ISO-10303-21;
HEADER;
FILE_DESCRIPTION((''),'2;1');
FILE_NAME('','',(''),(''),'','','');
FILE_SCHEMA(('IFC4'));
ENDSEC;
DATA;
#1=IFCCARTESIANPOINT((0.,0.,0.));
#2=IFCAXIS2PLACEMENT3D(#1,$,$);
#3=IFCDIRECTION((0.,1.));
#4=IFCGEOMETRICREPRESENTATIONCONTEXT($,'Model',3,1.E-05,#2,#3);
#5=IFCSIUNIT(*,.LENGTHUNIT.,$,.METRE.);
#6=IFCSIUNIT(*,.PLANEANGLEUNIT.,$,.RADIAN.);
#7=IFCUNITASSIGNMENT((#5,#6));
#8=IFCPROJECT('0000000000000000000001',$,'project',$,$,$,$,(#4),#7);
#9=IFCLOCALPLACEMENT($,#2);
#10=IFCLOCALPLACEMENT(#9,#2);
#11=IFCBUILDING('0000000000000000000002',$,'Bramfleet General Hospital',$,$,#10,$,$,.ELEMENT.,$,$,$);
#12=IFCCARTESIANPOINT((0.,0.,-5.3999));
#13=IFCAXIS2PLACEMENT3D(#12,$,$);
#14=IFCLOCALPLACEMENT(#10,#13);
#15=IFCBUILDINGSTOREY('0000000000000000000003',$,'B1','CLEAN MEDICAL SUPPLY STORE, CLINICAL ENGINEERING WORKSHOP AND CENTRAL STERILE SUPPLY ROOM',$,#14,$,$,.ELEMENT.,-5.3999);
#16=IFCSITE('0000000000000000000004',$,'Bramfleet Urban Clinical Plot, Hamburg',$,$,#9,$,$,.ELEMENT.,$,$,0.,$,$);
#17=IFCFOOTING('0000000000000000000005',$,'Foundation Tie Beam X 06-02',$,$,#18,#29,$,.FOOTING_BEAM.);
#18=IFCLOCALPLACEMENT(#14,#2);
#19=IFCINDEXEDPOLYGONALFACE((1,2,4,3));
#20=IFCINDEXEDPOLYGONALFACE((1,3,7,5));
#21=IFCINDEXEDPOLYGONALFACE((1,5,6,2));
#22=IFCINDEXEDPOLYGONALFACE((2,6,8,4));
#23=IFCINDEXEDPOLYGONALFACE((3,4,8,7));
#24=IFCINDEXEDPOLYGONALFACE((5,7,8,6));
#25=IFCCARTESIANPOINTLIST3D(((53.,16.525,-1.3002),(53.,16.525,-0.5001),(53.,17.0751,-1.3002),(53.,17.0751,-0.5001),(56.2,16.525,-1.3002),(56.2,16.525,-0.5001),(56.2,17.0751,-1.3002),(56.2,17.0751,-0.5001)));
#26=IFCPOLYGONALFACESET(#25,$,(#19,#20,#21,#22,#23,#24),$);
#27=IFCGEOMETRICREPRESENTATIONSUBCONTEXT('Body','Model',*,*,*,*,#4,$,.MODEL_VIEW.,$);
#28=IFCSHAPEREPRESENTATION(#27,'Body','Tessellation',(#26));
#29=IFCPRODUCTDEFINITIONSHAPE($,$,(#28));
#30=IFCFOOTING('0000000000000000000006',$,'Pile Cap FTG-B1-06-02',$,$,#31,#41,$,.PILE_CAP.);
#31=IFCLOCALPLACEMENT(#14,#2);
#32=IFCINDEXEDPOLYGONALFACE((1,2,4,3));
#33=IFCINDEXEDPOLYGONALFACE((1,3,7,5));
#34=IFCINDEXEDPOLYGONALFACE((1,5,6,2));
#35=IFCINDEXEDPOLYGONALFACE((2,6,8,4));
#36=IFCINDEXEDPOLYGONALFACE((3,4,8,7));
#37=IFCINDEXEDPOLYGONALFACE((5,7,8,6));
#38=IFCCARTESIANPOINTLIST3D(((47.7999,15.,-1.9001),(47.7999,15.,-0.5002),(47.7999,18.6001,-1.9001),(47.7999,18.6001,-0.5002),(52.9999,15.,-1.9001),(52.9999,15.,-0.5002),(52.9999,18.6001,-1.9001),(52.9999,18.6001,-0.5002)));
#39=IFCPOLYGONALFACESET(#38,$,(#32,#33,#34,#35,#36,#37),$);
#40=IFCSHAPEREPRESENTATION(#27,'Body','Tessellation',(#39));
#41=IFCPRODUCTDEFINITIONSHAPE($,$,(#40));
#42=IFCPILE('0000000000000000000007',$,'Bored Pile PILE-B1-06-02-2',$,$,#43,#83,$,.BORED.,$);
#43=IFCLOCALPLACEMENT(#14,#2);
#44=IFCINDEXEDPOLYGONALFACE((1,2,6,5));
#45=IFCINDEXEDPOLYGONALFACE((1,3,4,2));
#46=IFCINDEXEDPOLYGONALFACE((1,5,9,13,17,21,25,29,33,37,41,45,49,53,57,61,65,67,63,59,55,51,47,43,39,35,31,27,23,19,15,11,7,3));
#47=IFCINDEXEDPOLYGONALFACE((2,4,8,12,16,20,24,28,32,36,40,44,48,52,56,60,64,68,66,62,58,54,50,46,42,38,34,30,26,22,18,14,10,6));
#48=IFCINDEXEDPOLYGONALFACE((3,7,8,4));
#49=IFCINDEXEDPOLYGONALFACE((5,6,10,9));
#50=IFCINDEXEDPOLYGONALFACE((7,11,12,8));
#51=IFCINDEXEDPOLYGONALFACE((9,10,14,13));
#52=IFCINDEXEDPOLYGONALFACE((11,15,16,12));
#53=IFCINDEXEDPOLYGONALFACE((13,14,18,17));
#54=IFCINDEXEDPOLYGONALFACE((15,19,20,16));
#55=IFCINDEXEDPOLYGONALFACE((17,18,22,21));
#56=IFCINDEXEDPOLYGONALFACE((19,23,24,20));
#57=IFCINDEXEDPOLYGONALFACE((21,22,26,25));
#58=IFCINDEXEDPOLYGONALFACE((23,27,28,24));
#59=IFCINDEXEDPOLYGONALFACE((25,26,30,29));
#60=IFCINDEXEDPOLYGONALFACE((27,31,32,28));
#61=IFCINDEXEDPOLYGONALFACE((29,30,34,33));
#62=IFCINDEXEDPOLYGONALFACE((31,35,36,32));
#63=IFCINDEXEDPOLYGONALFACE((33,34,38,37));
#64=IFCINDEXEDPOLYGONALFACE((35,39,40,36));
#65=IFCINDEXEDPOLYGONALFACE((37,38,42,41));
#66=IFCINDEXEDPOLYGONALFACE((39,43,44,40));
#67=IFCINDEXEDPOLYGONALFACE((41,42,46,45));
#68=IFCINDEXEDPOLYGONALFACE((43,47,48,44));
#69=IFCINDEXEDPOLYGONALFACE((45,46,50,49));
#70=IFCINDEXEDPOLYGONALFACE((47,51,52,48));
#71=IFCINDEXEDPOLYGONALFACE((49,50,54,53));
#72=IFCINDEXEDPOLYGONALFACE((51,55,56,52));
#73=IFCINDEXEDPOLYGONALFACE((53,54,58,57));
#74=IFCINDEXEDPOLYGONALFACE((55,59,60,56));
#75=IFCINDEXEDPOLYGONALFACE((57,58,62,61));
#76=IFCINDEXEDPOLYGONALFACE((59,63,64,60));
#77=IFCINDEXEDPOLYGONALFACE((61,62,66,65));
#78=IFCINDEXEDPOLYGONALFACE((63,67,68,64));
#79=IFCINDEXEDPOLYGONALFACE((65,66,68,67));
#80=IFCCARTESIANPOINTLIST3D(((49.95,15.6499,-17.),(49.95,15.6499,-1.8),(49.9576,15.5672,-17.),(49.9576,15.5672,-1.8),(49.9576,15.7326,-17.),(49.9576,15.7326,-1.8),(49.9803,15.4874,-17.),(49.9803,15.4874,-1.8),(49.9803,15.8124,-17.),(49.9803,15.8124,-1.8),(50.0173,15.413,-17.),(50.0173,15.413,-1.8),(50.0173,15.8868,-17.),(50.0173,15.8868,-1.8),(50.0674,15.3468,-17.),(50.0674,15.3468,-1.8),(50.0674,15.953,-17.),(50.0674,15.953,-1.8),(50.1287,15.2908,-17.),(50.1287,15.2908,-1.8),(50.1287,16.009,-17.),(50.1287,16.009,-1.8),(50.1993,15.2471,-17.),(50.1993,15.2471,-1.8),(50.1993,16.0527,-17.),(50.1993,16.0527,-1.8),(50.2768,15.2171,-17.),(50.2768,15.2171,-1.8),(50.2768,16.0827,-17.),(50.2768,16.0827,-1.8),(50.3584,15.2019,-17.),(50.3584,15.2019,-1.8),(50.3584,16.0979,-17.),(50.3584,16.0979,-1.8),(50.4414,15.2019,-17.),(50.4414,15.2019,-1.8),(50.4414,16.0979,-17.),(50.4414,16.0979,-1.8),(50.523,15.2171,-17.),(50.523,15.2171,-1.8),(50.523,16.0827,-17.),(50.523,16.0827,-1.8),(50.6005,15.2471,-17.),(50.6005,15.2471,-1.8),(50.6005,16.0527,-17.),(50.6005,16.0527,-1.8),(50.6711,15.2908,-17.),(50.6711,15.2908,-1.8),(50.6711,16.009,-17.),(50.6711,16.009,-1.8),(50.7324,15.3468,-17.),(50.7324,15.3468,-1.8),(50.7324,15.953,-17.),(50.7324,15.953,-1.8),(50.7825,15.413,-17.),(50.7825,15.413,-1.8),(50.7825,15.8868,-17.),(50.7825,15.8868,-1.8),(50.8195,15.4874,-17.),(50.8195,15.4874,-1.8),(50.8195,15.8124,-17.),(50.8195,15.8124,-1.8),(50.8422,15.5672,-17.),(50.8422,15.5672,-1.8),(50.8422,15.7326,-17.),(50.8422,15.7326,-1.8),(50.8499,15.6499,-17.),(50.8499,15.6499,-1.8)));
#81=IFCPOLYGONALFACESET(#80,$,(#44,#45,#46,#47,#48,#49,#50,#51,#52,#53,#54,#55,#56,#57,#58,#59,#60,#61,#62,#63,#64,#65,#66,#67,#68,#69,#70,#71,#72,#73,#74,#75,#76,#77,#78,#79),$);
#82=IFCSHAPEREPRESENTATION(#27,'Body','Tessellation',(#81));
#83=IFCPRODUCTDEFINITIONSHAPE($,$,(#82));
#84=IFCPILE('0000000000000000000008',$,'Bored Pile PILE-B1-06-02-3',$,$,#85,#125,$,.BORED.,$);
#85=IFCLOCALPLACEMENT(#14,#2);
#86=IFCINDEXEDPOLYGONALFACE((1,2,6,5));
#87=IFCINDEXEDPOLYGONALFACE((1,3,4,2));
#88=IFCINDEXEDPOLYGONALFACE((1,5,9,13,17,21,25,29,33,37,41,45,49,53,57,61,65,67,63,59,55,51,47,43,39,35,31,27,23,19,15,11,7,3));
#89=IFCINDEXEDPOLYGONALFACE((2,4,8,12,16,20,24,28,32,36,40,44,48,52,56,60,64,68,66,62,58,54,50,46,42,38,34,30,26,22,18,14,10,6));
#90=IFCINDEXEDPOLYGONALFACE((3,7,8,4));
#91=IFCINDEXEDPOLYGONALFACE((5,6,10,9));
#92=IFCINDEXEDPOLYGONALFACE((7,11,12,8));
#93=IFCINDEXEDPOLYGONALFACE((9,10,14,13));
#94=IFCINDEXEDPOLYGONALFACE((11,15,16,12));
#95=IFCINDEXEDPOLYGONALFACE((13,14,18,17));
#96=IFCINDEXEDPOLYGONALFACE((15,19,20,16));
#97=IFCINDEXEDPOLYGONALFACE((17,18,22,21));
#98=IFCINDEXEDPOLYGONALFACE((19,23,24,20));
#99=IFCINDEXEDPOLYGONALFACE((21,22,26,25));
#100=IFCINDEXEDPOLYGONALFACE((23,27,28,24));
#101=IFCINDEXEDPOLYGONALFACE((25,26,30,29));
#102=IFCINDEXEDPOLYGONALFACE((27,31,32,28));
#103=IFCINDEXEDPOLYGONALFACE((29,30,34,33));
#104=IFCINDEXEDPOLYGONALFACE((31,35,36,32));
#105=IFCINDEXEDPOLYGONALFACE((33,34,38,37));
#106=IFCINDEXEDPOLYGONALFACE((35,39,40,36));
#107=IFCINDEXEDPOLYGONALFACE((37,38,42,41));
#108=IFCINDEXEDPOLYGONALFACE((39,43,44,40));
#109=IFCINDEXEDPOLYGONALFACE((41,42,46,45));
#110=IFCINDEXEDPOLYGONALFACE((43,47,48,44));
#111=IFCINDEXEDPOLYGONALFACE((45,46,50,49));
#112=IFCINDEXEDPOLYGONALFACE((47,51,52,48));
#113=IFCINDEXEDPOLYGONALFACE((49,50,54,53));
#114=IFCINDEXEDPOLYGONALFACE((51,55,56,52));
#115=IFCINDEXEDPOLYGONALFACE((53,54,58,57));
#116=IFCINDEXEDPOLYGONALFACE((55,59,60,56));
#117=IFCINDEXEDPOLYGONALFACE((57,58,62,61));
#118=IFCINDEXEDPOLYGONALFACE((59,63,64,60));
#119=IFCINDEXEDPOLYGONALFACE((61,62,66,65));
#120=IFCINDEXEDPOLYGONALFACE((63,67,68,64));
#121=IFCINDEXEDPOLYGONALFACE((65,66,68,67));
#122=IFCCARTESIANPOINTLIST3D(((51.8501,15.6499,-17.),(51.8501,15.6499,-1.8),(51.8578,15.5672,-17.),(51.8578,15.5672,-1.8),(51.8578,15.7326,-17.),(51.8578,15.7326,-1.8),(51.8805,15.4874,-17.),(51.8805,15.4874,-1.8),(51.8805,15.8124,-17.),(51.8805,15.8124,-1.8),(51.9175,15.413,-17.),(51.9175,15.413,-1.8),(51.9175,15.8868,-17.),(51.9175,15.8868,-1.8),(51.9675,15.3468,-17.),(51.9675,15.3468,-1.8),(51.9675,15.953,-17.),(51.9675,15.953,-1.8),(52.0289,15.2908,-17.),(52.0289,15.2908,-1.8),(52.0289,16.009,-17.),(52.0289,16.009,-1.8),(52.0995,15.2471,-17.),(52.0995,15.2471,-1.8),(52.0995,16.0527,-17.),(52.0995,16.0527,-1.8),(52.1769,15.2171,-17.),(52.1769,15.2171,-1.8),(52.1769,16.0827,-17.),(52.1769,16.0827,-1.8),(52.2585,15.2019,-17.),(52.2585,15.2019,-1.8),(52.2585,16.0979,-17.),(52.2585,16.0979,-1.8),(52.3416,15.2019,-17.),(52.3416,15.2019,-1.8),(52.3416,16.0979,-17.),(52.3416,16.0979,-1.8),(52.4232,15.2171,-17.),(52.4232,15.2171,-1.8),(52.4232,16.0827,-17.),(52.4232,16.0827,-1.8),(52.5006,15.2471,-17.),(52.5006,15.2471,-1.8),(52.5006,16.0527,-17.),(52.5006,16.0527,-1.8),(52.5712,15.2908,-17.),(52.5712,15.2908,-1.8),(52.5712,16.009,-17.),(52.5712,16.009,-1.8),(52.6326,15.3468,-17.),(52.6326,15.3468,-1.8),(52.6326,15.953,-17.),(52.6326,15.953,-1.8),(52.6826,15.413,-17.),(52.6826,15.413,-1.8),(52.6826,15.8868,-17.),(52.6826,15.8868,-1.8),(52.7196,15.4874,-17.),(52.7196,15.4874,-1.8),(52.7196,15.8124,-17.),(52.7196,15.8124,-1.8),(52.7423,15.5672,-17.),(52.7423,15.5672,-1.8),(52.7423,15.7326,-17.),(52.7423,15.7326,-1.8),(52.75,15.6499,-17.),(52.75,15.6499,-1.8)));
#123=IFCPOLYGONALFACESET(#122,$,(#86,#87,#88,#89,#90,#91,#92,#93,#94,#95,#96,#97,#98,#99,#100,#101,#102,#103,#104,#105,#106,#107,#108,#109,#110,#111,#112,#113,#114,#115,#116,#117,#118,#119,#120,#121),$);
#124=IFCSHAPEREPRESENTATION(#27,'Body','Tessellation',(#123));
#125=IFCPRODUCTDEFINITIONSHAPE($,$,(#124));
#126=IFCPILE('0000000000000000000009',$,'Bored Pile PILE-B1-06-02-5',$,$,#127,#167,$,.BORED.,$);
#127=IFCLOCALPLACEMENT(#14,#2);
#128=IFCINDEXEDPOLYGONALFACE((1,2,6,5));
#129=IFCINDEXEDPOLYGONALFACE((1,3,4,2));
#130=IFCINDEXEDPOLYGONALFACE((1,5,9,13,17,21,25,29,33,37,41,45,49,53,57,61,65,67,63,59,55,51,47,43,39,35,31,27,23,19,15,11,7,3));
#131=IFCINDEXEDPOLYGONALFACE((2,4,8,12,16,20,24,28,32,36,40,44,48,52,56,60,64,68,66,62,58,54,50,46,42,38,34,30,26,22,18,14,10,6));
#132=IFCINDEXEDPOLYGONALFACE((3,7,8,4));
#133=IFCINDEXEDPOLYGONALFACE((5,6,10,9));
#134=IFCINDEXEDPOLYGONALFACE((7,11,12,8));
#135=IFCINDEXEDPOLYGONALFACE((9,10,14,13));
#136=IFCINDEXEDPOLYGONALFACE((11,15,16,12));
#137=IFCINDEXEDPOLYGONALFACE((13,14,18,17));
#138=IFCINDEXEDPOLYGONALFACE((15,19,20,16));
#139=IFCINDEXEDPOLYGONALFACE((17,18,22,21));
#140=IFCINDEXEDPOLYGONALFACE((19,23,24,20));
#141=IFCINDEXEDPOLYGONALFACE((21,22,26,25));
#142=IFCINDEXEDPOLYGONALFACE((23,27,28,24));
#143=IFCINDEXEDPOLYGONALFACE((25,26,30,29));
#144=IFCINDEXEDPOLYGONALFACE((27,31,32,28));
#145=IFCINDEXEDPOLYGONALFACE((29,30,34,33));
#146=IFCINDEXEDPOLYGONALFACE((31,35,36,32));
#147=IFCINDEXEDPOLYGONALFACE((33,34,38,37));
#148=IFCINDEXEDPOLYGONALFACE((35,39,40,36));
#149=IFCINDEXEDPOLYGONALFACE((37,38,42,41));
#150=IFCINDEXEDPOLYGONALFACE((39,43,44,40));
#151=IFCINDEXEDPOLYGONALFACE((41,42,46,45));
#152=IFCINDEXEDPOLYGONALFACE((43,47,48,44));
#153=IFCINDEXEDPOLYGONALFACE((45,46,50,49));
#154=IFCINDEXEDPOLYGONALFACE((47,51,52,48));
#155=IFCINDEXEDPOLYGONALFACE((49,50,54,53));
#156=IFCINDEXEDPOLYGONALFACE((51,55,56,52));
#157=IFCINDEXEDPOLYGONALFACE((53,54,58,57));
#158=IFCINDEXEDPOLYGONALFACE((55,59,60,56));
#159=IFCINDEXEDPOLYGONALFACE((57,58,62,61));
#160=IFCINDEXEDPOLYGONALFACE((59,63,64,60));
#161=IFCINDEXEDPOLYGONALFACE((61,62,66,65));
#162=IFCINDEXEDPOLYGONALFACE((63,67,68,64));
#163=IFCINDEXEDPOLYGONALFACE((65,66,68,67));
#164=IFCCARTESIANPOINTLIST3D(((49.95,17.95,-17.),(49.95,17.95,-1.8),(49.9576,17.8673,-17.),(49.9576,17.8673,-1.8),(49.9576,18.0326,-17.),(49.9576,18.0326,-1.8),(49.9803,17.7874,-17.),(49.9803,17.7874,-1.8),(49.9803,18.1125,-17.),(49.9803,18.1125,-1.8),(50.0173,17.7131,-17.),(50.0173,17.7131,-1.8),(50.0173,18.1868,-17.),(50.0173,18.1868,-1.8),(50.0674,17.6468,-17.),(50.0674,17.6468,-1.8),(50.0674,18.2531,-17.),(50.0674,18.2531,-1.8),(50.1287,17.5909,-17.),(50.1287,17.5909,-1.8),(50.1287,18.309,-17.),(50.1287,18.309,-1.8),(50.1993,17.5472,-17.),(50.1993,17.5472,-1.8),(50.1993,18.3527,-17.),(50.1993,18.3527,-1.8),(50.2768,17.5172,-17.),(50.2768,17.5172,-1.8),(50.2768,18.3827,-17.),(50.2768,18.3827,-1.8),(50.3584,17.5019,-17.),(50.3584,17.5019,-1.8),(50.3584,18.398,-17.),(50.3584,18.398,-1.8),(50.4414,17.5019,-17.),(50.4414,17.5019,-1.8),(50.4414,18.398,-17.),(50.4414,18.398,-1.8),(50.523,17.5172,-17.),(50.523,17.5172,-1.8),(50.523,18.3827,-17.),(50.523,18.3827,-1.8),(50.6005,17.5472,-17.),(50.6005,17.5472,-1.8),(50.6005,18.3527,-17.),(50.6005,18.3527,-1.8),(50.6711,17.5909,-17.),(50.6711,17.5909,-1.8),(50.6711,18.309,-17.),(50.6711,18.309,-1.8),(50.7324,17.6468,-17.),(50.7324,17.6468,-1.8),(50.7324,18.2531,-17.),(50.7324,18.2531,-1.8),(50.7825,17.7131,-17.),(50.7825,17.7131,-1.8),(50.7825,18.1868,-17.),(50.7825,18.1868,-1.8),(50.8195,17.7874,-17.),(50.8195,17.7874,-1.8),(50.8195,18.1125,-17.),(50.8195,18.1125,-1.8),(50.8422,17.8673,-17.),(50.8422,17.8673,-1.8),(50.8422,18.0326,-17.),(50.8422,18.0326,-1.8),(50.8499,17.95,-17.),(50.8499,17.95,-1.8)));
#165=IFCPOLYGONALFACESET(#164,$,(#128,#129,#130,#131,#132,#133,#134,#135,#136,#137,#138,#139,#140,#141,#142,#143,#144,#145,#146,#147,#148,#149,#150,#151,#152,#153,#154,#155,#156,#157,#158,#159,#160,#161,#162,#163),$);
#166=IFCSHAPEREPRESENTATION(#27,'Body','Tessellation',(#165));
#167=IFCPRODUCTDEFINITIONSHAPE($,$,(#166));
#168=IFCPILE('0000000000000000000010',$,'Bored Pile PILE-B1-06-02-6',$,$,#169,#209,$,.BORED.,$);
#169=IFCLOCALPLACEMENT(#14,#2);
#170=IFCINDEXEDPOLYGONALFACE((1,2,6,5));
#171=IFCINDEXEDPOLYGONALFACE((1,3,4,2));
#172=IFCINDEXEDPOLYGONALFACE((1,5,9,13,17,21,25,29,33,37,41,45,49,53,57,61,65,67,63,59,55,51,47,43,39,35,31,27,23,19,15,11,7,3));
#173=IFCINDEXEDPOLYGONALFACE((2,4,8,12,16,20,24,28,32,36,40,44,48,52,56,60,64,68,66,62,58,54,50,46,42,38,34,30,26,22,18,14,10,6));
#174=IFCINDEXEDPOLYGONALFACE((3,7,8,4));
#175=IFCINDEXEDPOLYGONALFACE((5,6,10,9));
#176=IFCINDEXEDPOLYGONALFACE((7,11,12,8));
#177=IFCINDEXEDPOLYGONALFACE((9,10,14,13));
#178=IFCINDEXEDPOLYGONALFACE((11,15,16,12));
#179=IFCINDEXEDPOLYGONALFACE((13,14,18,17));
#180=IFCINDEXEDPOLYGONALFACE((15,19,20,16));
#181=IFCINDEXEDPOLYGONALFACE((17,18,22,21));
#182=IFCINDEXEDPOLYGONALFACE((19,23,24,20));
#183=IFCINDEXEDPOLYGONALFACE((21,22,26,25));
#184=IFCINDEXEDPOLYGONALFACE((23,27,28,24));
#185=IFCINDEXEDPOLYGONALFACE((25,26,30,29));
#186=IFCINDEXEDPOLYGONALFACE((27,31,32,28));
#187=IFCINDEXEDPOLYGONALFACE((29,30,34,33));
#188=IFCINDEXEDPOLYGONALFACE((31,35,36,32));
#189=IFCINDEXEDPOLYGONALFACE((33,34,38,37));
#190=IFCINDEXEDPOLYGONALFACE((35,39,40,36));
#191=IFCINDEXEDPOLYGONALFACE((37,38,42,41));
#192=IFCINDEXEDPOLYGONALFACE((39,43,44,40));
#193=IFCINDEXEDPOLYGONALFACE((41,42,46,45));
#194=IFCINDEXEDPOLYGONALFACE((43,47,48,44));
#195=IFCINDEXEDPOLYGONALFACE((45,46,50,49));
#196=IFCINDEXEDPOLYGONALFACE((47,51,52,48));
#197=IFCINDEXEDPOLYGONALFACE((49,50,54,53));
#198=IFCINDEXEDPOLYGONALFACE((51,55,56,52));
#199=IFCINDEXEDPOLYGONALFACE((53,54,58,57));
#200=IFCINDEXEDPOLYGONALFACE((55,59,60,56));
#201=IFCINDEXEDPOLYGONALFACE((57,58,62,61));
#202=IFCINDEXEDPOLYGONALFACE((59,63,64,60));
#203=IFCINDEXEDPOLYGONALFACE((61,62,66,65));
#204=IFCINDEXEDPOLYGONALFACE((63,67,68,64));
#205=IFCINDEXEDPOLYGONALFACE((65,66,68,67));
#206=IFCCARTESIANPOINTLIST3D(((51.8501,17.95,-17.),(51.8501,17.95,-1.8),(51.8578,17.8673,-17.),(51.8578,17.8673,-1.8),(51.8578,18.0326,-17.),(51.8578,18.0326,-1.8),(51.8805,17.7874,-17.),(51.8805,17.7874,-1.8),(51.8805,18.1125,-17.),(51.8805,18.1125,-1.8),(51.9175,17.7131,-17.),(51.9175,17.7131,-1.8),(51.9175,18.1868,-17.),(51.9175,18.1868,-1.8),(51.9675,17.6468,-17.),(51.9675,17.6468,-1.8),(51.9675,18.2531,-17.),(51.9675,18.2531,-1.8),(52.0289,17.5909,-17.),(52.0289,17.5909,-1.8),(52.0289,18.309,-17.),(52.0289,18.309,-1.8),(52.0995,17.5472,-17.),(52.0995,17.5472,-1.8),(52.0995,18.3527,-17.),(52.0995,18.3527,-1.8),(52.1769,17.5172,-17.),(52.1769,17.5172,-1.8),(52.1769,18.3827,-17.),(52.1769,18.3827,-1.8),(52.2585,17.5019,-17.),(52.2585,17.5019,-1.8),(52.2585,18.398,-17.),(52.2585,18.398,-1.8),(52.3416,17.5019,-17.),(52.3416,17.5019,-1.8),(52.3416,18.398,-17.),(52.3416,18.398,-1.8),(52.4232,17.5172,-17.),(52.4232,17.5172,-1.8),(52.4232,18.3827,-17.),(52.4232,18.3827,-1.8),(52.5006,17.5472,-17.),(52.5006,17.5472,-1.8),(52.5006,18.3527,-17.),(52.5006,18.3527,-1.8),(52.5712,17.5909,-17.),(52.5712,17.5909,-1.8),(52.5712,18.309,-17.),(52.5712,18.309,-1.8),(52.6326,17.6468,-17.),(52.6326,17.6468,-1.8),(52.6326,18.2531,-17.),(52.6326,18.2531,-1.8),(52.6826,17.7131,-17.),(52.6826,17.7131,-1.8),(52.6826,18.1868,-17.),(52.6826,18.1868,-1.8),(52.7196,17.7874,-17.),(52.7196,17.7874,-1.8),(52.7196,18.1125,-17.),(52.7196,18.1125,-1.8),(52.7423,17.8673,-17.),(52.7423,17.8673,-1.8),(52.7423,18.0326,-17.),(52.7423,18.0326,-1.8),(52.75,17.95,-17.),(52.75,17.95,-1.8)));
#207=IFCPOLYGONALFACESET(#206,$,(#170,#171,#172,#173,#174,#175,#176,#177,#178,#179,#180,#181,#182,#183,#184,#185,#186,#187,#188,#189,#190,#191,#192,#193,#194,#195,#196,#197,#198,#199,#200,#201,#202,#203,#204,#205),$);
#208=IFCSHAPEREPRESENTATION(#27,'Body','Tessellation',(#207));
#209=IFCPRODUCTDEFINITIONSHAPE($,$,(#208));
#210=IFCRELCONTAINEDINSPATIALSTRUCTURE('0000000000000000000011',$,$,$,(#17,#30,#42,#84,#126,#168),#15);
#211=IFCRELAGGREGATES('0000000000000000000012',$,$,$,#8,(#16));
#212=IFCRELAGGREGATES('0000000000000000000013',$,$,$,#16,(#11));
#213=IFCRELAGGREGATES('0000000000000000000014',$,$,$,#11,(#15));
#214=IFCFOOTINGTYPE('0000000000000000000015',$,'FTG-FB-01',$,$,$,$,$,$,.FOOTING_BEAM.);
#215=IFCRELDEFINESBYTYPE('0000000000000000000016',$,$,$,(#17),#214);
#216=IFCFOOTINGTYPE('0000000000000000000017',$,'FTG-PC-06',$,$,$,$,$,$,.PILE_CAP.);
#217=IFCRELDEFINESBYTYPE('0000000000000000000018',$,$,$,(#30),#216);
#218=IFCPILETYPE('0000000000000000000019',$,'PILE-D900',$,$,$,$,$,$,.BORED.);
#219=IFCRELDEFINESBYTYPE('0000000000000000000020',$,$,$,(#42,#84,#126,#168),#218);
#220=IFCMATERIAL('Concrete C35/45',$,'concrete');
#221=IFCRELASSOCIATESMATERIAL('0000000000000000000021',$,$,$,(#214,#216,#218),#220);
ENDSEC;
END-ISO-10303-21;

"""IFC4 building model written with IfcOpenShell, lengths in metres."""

from ifc_helpers import new_model, si_unit, direction, frame, origin, origin_2d, place, context, subcontext, project, spatial, rectangle, circle, extrude, material, material_profile, profile_set, type_object, element, save


model = new_model("IFC4")

# Units and contexts
model_context = context("Model", 3, precision=1e-05, world=origin(), true_north=direction((0.0, 1.0)))
body_context = subcontext(model_context, "Body", "Model", "MODEL_VIEW")
ifc_project = project(units=[si_unit("LENGTHUNIT", "METRE"), si_unit("PLANEANGLEUNIT", "RADIAN")], contexts=[model_context])

# Site, building, storey
site_placement = place(None, origin())
site = spatial("IfcSite", under=ifc_project, at=site_placement, Name="Bramfleet Urban Clinical Plot, Hamburg", CompositionType="ELEMENT", RefElevation=0.0)
building_placement = place(site_placement, origin())
building = spatial("IfcBuilding", under=site, at=building_placement, Name="Bramfleet General Hospital", CompositionType="ELEMENT")
storey_placement = place(building_placement, frame((0.0, 0.0, -5.3999)))
storey = spatial("IfcBuildingStorey", under=building, at=storey_placement, Name="B1", Description="CLEAN MEDICAL SUPPLY STORE, CLINICAL ENGINEERING WORKSHOP AND CENTRAL STERILE SUPPLY ROOM", CompositionType="ELEMENT", Elevation=-5.3999)

# Footings
ifc_material_1 = material(Name="Concrete C35/45", Category="concrete")
ifc_material_profile_1 = material_profile(ifc_material_1, rectangle(XDim=0.55, YDim=0.8, at=origin_2d()), Name="RC FB 800x550")
ifc_profile_set_1 = profile_set([ifc_material_profile_1], Name="Concrete C35/45")
footing_type_1 = type_object("IfcFootingType", Name="FTG-FB-01", PredefinedType="FOOTING_BEAM", material=ifc_profile_set_1)
footing_1_placement = place(storey_placement, frame((53.0, 16.8, -0.9001), z_axis=(1.0, 0.0, 0.0), x_axis=(0.0, 1.0, 0.0)))
element("IfcFooting", 1, at=footing_1_placement, inside=storey, type_object=footing_type_1, Name="Foundation Tie Beam X 06-02", PredefinedType="FOOTING_BEAM", context=body_context, shape_type="SweptSolid", body=[
    extrude(rectangle(XDim=0.55, YDim=0.8, at=origin_2d()), origin(), (0.0, 0.0, 1.0), 3.2),
])
footing_type_2 = type_object("IfcFootingType", Name="FTG-PC-06", PredefinedType="PILE_CAP", material=ifc_material_1)
footing_2_placement = place(storey_placement, frame((50.3999, 16.8, -1.9001), z_axis=(0.0, 0.0, 1.0), x_axis=(1.0, 0.0, 0.0)))
element("IfcFooting", 2, at=footing_2_placement, inside=storey, type_object=footing_type_2, Name="Pile Cap FTG-B1-06-02", PredefinedType="PILE_CAP", context=body_context, shape_type="SweptSolid", body=[
    extrude(rectangle(XDim=5.2, YDim=3.6001, at=origin_2d()), origin(), (0.0, 0.0, 1.0), 1.3999),
])

# Piles
ifc_material_profile_2 = material_profile(ifc_material_1, circle(Radius=0.45, at=origin_2d()), Name="PILE BORED D900")
ifc_profile_set_2 = profile_set([ifc_material_profile_2], Name="Concrete C35/45")
pile_type = type_object("IfcPileType", Name="PILE-D900", PredefinedType="BORED", material=ifc_profile_set_2)
for number, where, z_axis, x_axis, name in (
    (3, (50.3999, 15.6499, -1.8), (0.0, 0.0, -1.0), (1.0, 0.0, 0.0), "Bored Pile PILE-B1-06-02-2"),
    (4, (52.3, 15.6499, -1.8), (0.0, 0.0, -1.0), (1.0, 0.0, 0.0), "Bored Pile PILE-B1-06-02-3"),
    (5, (50.3999, 17.95, -1.8), (0.0, 0.0, -1.0), (1.0, 0.0, 0.0), "Bored Pile PILE-B1-06-02-5"),
    (6, (52.3, 17.95, -1.8), (0.0, 0.0, -1.0), (1.0, 0.0, 0.0), "Bored Pile PILE-B1-06-02-6"),
):
    element("IfcPile", number, at=place(storey_placement, frame(where, z_axis=z_axis, x_axis=x_axis)), inside=storey, type_object=pile_type, Name=name, PredefinedType="BORED", context=body_context, shape_type="SweptSolid", body=[
        extrude(circle(Radius=0.45, at=origin_2d()), origin(), (0.0, 0.0, 1.0), 15.2),
    ])

save(model, "model.ifc")
